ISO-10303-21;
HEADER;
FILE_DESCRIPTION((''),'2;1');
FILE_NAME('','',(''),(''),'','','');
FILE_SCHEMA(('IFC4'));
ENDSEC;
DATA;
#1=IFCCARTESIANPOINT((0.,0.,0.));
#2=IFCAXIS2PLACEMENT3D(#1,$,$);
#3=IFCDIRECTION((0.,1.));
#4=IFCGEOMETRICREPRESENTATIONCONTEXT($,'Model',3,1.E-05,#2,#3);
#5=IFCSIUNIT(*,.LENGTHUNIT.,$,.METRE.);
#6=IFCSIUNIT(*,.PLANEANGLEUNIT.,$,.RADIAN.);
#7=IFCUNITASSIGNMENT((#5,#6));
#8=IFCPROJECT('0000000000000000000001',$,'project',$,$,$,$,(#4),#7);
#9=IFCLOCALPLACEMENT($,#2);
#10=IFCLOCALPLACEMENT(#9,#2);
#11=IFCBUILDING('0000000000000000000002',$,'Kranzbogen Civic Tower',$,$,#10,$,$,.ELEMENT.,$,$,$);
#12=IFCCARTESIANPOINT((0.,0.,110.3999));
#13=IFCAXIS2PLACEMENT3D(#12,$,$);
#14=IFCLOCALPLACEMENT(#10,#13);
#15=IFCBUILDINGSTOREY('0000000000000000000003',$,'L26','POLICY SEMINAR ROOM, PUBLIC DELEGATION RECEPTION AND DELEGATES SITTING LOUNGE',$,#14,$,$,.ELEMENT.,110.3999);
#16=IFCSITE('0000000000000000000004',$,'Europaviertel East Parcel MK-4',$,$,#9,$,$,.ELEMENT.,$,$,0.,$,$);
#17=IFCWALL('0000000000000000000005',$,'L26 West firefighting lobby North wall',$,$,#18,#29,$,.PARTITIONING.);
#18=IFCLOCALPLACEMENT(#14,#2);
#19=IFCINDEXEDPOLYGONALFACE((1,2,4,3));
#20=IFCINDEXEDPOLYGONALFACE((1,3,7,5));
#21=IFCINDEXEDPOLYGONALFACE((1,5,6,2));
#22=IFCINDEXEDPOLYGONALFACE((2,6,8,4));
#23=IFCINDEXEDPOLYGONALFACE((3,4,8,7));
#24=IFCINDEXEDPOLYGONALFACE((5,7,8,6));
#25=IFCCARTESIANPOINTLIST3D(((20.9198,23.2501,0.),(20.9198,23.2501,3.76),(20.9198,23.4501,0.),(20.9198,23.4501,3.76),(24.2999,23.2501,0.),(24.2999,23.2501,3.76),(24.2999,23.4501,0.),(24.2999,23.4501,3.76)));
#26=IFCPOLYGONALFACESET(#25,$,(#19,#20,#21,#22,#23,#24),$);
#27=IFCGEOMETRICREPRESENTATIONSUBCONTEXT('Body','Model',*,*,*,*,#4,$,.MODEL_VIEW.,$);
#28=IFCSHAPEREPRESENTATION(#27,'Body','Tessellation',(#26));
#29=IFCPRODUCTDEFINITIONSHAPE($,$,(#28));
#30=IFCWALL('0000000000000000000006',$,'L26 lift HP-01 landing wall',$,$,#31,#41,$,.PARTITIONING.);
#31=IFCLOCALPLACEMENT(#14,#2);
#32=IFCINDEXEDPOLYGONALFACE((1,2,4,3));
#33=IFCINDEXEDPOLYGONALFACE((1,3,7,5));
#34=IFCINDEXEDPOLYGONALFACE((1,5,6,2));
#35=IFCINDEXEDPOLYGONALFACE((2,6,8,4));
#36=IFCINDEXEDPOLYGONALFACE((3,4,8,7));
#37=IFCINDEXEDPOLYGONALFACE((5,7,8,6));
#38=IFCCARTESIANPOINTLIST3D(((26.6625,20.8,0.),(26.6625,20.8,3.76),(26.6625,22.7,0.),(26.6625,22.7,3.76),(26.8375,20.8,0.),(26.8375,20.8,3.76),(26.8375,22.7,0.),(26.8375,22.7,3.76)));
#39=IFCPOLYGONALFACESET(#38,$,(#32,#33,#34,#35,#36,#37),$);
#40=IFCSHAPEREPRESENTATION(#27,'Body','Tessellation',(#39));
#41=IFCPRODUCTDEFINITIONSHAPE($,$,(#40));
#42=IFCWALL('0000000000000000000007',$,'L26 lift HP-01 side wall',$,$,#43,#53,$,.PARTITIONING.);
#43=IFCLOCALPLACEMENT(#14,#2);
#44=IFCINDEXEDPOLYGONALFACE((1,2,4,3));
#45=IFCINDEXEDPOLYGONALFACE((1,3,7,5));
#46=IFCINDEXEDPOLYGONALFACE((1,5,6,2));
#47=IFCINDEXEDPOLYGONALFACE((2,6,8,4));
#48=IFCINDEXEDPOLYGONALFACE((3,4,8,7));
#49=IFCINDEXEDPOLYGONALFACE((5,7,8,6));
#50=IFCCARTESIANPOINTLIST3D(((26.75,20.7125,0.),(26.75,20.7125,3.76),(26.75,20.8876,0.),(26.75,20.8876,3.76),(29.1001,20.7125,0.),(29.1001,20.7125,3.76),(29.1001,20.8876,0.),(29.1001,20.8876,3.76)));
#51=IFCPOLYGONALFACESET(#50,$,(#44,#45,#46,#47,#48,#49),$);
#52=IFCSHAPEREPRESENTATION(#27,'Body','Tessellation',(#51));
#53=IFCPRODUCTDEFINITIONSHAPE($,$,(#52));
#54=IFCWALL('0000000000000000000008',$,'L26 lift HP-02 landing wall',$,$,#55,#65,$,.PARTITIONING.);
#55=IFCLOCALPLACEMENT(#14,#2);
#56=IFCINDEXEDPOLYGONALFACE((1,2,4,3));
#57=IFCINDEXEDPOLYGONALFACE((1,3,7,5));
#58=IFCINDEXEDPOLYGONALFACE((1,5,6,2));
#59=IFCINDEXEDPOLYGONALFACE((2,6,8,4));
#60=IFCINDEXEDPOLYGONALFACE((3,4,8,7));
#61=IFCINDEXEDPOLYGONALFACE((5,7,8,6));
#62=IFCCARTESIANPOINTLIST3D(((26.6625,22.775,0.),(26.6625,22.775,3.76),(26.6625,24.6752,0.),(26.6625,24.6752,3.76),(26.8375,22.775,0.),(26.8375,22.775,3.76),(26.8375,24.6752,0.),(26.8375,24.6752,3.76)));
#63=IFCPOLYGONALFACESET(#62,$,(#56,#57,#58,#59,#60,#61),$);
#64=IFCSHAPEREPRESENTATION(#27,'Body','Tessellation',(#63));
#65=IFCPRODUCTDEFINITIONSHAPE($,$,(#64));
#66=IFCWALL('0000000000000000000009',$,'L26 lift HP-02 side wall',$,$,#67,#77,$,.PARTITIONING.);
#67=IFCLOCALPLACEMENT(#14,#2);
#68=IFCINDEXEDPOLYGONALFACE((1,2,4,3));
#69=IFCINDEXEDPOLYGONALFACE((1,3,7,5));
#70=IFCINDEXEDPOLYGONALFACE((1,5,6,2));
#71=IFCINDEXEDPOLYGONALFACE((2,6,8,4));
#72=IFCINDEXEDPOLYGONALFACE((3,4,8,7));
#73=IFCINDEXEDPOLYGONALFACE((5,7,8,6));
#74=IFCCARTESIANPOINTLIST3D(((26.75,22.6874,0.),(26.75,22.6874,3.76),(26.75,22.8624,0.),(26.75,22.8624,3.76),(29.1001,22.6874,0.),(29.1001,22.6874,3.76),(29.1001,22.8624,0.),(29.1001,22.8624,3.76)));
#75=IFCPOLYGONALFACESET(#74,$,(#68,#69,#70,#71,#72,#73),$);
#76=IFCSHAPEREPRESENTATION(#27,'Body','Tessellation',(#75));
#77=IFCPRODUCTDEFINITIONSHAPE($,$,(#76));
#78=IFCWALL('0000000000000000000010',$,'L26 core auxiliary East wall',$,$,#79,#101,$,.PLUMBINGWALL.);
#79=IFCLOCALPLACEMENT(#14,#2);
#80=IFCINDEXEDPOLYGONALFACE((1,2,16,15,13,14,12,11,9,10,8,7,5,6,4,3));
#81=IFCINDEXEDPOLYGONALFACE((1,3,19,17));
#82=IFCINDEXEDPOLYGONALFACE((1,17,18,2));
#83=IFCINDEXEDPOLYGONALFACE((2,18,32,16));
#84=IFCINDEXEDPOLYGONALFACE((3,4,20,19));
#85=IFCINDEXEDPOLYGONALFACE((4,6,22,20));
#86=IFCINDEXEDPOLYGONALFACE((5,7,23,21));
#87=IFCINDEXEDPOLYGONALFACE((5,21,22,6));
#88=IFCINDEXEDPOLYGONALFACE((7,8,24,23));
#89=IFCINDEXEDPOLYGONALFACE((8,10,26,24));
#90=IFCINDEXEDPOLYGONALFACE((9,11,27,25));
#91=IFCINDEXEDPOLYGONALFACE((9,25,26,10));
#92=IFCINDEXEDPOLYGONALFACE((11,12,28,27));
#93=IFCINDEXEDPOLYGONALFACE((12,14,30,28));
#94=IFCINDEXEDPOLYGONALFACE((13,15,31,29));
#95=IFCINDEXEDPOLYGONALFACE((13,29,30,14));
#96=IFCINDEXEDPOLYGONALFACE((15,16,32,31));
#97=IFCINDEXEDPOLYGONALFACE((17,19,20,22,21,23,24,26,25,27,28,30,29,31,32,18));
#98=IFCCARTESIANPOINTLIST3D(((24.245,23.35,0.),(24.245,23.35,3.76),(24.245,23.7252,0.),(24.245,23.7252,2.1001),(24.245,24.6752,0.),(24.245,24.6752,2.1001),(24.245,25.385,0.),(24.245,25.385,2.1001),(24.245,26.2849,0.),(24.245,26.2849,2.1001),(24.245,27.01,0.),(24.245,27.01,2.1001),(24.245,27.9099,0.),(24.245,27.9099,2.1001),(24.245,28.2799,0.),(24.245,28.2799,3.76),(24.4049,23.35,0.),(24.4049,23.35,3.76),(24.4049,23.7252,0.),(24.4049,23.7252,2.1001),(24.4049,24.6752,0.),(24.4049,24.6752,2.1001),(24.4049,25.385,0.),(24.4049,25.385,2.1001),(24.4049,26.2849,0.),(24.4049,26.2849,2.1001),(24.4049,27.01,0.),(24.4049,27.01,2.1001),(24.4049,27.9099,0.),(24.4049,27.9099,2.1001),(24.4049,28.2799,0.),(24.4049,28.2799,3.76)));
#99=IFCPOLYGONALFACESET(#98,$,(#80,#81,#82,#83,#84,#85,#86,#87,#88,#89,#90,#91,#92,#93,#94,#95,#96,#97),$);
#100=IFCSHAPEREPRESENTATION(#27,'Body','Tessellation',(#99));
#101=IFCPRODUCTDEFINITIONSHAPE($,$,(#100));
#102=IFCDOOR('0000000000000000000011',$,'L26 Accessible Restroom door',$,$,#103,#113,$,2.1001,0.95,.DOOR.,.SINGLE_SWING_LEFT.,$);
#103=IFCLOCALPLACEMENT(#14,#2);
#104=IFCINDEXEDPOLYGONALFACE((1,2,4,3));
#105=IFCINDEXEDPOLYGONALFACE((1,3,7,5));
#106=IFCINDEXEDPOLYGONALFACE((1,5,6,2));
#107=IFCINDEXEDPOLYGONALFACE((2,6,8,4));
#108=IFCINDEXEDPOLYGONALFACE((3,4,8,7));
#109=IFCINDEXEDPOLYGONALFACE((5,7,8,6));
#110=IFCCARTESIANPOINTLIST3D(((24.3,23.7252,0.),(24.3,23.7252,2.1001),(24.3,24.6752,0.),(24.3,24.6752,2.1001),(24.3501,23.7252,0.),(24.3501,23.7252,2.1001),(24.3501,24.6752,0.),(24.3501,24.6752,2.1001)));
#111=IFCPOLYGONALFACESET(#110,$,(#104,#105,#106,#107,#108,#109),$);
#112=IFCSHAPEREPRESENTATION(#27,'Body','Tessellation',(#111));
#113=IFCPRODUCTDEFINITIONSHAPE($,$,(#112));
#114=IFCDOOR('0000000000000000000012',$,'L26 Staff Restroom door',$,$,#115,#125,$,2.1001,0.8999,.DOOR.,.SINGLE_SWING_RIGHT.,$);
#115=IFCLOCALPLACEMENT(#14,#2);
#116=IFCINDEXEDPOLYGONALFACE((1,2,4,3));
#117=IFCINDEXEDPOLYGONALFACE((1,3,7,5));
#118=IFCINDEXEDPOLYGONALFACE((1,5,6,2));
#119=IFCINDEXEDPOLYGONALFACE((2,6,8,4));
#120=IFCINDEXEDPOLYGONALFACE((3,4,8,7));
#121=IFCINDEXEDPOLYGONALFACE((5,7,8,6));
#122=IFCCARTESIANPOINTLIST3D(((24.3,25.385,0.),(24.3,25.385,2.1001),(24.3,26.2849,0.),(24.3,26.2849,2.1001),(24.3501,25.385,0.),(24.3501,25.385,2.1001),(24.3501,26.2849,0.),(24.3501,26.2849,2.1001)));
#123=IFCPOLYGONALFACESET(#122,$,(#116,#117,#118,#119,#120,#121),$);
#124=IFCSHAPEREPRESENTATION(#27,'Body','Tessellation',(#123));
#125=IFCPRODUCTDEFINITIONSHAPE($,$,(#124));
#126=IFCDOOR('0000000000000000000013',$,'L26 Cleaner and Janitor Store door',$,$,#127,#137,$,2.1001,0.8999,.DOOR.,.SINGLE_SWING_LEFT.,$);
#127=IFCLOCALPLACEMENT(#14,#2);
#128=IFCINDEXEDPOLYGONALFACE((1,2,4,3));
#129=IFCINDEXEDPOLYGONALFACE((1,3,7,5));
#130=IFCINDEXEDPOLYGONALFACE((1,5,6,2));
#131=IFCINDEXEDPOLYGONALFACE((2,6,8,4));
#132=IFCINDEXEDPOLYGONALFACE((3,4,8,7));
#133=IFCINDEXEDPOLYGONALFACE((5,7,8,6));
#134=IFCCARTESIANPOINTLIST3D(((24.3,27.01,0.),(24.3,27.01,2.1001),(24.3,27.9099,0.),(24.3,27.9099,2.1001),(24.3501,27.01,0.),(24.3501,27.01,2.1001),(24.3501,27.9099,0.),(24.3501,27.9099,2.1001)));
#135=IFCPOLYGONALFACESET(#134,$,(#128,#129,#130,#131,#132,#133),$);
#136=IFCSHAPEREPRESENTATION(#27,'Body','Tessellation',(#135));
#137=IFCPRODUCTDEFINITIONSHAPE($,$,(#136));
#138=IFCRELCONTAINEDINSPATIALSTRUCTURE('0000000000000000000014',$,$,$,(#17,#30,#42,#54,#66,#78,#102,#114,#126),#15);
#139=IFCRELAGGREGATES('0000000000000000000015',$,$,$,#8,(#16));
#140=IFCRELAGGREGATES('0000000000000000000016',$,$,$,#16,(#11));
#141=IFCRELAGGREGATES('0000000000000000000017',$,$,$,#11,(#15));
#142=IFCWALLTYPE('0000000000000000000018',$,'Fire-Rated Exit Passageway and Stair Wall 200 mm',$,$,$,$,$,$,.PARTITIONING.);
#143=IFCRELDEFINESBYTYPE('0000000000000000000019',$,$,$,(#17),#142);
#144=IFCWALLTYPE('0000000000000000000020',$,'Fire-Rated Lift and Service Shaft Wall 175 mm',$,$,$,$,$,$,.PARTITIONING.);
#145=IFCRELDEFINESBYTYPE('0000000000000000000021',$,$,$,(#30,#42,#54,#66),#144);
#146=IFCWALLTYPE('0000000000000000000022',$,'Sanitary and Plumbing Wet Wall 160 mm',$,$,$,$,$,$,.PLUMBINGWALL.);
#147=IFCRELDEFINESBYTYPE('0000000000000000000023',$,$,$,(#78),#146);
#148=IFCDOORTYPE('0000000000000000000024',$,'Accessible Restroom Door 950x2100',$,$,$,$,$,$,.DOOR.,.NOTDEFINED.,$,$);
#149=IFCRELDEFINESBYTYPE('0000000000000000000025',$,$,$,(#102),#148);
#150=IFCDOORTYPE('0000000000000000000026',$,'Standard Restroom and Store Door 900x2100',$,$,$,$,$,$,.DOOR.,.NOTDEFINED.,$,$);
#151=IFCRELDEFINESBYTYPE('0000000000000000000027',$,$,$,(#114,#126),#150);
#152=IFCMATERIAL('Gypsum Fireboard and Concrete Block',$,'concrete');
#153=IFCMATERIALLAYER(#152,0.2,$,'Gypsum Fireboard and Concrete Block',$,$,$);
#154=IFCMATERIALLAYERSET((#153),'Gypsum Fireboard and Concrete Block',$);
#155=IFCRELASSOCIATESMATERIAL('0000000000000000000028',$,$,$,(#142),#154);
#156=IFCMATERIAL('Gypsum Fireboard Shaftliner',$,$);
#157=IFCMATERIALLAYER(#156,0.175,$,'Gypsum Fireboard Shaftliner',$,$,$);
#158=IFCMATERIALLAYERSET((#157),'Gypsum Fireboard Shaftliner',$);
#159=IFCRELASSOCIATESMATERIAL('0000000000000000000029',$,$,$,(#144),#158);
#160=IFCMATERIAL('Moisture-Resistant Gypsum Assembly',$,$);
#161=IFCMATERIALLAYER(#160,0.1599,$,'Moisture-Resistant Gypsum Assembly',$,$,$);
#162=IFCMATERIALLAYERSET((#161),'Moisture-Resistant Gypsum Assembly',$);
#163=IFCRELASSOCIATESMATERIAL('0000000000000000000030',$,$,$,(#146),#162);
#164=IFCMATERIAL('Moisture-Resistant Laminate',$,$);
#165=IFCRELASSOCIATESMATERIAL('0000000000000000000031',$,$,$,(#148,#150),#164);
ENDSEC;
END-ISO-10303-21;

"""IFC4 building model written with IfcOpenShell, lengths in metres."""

from ifc_helpers import new_model, si_unit, direction, frame, frame_2d, origin, place, context, subcontext, project, spatial, rectangle, extrude, material, layer, layer_set, type_object, element, fill, save


model = new_model("IFC4")

# Units and contexts
model_context = context("Model", 3, precision=1e-05, world=origin(), true_north=direction((0.0, 1.0)))
body_context = subcontext(model_context, "Body", "Model", "MODEL_VIEW")
ifc_project = project(units=[si_unit("LENGTHUNIT", "METRE"), si_unit("PLANEANGLEUNIT", "RADIAN")], contexts=[model_context])

# Site, building, storey
site_placement = place(None, origin())
site = spatial("IfcSite", under=ifc_project, at=site_placement, Name="Europaviertel East Parcel MK-4", CompositionType="ELEMENT", RefElevation=0.0)
building_placement = place(site_placement, origin())
building = spatial("IfcBuilding", under=site, at=building_placement, Name="Kranzbogen Civic Tower", CompositionType="ELEMENT")
storey_placement = place(building_placement, frame((0.0, 0.0, 110.3999)))
storey = spatial("IfcBuildingStorey", under=building, at=storey_placement, Name="L26", Description="POLICY SEMINAR ROOM, PUBLIC DELEGATION RECEPTION AND DELEGATES SITTING LOUNGE", CompositionType="ELEMENT", Elevation=110.3999)

# Walls
ifc_material_1 = material(Name="Gypsum Fireboard and Concrete Block", Category="concrete")
ifc_layer_1 = layer(ifc_material_1, 0.2, Name="Gypsum Fireboard and Concrete Block")
ifc_layer_set_1 = layer_set([ifc_layer_1], Name="Gypsum Fireboard and Concrete Block")
wall_type_1 = type_object("IfcWallType", Name="Fire-Rated Exit Passageway and Stair Wall 200 mm", PredefinedType="PARTITIONING", material=ifc_layer_set_1)
wall_1_placement = place(storey_placement, frame((20.9199, 23.3501, 0.0), z_axis=(0.0, 0.0, 1.0), x_axis=(1.0, 0.0, 0.0)))
element("IfcWall", 1, at=wall_1_placement, inside=storey, type_object=wall_type_1, Name="L26 West firefighting lobby North wall", PredefinedType="PARTITIONING", context=body_context, shape_type="SweptSolid", body=[
    extrude(rectangle(XDim=3.3801, YDim=0.2, at=frame_2d((1.6899, 0.0))), origin(), (0.0, 0.0, 1.0), 3.76),
])
ifc_material_2 = material(Name="Gypsum Fireboard Shaftliner")
ifc_layer_2 = layer(ifc_material_2, 0.175, Name="Gypsum Fireboard Shaftliner")
ifc_layer_set_2 = layer_set([ifc_layer_2], Name="Gypsum Fireboard Shaftliner")
wall_type_2 = type_object("IfcWallType", Name="Fire-Rated Lift and Service Shaft Wall 175 mm", PredefinedType="PARTITIONING", material=ifc_layer_set_2)
wall_2_placement = place(storey_placement, frame((26.75, 20.8, 0.0), z_axis=(0.0, 0.0, 1.0), x_axis=(0.0, 1.0, 0.0)))
element("IfcWall", 2, at=wall_2_placement, inside=storey, type_object=wall_type_2, Name="L26 lift HP-01 landing wall", PredefinedType="PARTITIONING", context=body_context, shape_type="SweptSolid", body=[
    extrude(rectangle(XDim=1.8999, YDim=0.175, at=frame_2d((0.95, 0.0))), origin(), (0.0, 0.0, 1.0), 3.76),
])
wall_3_placement = place(storey_placement, frame((26.75, 20.8, 0.0), z_axis=(0.0, 0.0, 1.0), x_axis=(1.0, 0.0, 0.0)))
element("IfcWall", 3, at=wall_3_placement, inside=storey, type_object=wall_type_2, Name="L26 lift HP-01 side wall", PredefinedType="PARTITIONING", context=body_context, shape_type="SweptSolid", body=[
    extrude(rectangle(XDim=2.3501, YDim=0.175, at=frame_2d((1.175, 0.0))), origin(), (0.0, 0.0, 1.0), 3.76),
])
wall_4_placement = place(storey_placement, frame((26.75, 22.7749, 0.0), z_axis=(0.0, 0.0, 1.0), x_axis=(0.0, 1.0, 0.0)))
element("IfcWall", 4, at=wall_4_placement, inside=storey, type_object=wall_type_2, Name="L26 lift HP-02 landing wall", PredefinedType="PARTITIONING", context=body_context, shape_type="SweptSolid", body=[
    extrude(rectangle(XDim=1.9001, YDim=0.175, at=frame_2d((0.9502, 0.0))), origin(), (0.0, 0.0, 1.0), 3.76),
])
wall_5_placement = place(storey_placement, frame((26.75, 22.7749, 0.0), z_axis=(0.0, 0.0, 1.0), x_axis=(1.0, 0.0, 0.0)))
element("IfcWall", 5, at=wall_5_placement, inside=storey, type_object=wall_type_2, Name="L26 lift HP-02 side wall", PredefinedType="PARTITIONING", context=body_context, shape_type="SweptSolid", body=[
    extrude(rectangle(XDim=2.3501, YDim=0.175, at=frame_2d((1.175, 0.0))), origin(), (0.0, 0.0, 1.0), 3.76),
])

# Wall, openings, doors
ifc_material_3 = material(Name="Moisture-Resistant Gypsum Assembly")
ifc_layer_3 = layer(ifc_material_3, 0.1599, Name="Moisture-Resistant Gypsum Assembly")
ifc_layer_set_3 = layer_set([ifc_layer_3], Name="Moisture-Resistant Gypsum Assembly")
wall_type_3 = type_object("IfcWallType", Name="Sanitary and Plumbing Wet Wall 160 mm", PredefinedType="PLUMBINGWALL", material=ifc_layer_set_3)
wall_6_placement = place(storey_placement, frame((24.325, 23.3501, 0.0), z_axis=(0.0, 0.0, 1.0), x_axis=(0.0, 1.0, 0.0)))
wall_6 = element("IfcWall", 6, at=wall_6_placement, inside=storey, type_object=wall_type_3, Name="L26 core auxiliary East wall", PredefinedType="PLUMBINGWALL", context=body_context, shape_type="SweptSolid", body=[
    extrude(rectangle(XDim=4.9299, YDim=0.1599, at=frame_2d((2.4648, 0.0))), origin(), (0.0, 0.0, 1.0), 3.76),
])
opening_1_placement = place(wall_6_placement, frame((0.375, 0.0, 0.0)))
opening_1 = element("IfcOpeningElement", 7, at=opening_1_placement, cuts=wall_6, PredefinedType="OPENING", context=body_context, shape_type="SweptSolid", body=[
    extrude(rectangle(XDim=0.95, YDim=2.1001, at=frame_2d((0.4751, 1.05))), frame((0.0, 0.0898, 0.0), z_axis=(0.0, -1.0, 0.0), x_axis=(1.0, 0.0, 0.0)), (0.0, 0.0, 1.0), 0.1799),
])
opening_2_placement = place(wall_6_placement, frame((2.0349, 0.0, 0.0)))
opening_2 = element("IfcOpeningElement", 8, at=opening_2_placement, cuts=wall_6, PredefinedType="OPENING", context=body_context, shape_type="SweptSolid", body=[
    extrude(rectangle(XDim=0.8999, YDim=2.1001, at=frame_2d((0.45, 1.05))), frame((0.0, 0.0898, 0.0), z_axis=(0.0, -1.0, 0.0), x_axis=(1.0, 0.0, 0.0)), (0.0, 0.0, 1.0), 0.1799),
])
opening_3_placement = place(wall_6_placement, frame((3.6599, 0.0, 0.0)))
opening_3 = element("IfcOpeningElement", 9, at=opening_3_placement, cuts=wall_6, PredefinedType="OPENING", context=body_context, shape_type="SweptSolid", body=[
    extrude(rectangle(XDim=0.8999, YDim=2.1001, at=frame_2d((0.45, 1.05))), frame((0.0, 0.0898, 0.0), z_axis=(0.0, -1.0, 0.0), x_axis=(1.0, 0.0, 0.0)), (0.0, 0.0, 1.0), 0.1799),
])
ifc_material_4 = material(Name="Moisture-Resistant Laminate")
door_type_1 = type_object("IfcDoorType", Name="Accessible Restroom Door 950x2100", OperationType="NOTDEFINED", PredefinedType="DOOR", material=ifc_material_4)
door_1_placement = place(opening_1_placement, origin())
door_1 = element("IfcDoor", 10, at=door_1_placement, inside=storey, type_object=door_type_1, Name="L26 Accessible Restroom door", OperationType="SINGLE_SWING_LEFT", OverallHeight=2.1001, OverallWidth=0.95, PredefinedType="DOOR", context=body_context, shape_type="SweptSolid", body=[
    extrude(rectangle(XDim=0.95, YDim=2.1001, at=frame_2d((0.4751, 1.05))), frame((0.0, 0.0249, 0.0), z_axis=(0.0, -1.0, 0.0), x_axis=(1.0, 0.0, 0.0)), (0.0, 0.0, 1.0), 0.05),
])
fill(opening_1, door_1)
door_type_2 = type_object("IfcDoorType", Name="Standard Restroom and Store Door 900x2100", OperationType="NOTDEFINED", PredefinedType="DOOR", material=ifc_material_4)
door_2_placement = place(opening_2_placement, origin())
door_2 = element("IfcDoor", 11, at=door_2_placement, inside=storey, type_object=door_type_2, Name="L26 Staff Restroom door", OperationType="SINGLE_SWING_RIGHT", OverallHeight=2.1001, OverallWidth=0.8999, PredefinedType="DOOR", context=body_context, shape_type="SweptSolid", body=[
    extrude(rectangle(XDim=0.8999, YDim=2.1001, at=frame_2d((0.45, 1.05))), frame((0.0, 0.0249, 0.0), z_axis=(0.0, -1.0, 0.0), x_axis=(1.0, 0.0, 0.0)), (0.0, 0.0, 1.0), 0.05),
])
fill(opening_2, door_2)
door_3_placement = place(opening_3_placement, origin())
door_3 = element("IfcDoor", 12, at=door_3_placement, inside=storey, type_object=door_type_2, Name="L26 Cleaner and Janitor Store door", OperationType="SINGLE_SWING_LEFT", OverallHeight=2.1001, OverallWidth=0.8999, PredefinedType="DOOR", context=body_context, shape_type="SweptSolid", body=[
    extrude(rectangle(XDim=0.8999, YDim=2.1001, at=frame_2d((0.45, 1.05))), frame((0.0, 0.0249, 0.0), z_axis=(0.0, -1.0, 0.0), x_axis=(1.0, 0.0, 0.0)), (0.0, 0.0, 1.0), 0.05),
])
fill(opening_3, door_3)

save(model, "model.ifc")
